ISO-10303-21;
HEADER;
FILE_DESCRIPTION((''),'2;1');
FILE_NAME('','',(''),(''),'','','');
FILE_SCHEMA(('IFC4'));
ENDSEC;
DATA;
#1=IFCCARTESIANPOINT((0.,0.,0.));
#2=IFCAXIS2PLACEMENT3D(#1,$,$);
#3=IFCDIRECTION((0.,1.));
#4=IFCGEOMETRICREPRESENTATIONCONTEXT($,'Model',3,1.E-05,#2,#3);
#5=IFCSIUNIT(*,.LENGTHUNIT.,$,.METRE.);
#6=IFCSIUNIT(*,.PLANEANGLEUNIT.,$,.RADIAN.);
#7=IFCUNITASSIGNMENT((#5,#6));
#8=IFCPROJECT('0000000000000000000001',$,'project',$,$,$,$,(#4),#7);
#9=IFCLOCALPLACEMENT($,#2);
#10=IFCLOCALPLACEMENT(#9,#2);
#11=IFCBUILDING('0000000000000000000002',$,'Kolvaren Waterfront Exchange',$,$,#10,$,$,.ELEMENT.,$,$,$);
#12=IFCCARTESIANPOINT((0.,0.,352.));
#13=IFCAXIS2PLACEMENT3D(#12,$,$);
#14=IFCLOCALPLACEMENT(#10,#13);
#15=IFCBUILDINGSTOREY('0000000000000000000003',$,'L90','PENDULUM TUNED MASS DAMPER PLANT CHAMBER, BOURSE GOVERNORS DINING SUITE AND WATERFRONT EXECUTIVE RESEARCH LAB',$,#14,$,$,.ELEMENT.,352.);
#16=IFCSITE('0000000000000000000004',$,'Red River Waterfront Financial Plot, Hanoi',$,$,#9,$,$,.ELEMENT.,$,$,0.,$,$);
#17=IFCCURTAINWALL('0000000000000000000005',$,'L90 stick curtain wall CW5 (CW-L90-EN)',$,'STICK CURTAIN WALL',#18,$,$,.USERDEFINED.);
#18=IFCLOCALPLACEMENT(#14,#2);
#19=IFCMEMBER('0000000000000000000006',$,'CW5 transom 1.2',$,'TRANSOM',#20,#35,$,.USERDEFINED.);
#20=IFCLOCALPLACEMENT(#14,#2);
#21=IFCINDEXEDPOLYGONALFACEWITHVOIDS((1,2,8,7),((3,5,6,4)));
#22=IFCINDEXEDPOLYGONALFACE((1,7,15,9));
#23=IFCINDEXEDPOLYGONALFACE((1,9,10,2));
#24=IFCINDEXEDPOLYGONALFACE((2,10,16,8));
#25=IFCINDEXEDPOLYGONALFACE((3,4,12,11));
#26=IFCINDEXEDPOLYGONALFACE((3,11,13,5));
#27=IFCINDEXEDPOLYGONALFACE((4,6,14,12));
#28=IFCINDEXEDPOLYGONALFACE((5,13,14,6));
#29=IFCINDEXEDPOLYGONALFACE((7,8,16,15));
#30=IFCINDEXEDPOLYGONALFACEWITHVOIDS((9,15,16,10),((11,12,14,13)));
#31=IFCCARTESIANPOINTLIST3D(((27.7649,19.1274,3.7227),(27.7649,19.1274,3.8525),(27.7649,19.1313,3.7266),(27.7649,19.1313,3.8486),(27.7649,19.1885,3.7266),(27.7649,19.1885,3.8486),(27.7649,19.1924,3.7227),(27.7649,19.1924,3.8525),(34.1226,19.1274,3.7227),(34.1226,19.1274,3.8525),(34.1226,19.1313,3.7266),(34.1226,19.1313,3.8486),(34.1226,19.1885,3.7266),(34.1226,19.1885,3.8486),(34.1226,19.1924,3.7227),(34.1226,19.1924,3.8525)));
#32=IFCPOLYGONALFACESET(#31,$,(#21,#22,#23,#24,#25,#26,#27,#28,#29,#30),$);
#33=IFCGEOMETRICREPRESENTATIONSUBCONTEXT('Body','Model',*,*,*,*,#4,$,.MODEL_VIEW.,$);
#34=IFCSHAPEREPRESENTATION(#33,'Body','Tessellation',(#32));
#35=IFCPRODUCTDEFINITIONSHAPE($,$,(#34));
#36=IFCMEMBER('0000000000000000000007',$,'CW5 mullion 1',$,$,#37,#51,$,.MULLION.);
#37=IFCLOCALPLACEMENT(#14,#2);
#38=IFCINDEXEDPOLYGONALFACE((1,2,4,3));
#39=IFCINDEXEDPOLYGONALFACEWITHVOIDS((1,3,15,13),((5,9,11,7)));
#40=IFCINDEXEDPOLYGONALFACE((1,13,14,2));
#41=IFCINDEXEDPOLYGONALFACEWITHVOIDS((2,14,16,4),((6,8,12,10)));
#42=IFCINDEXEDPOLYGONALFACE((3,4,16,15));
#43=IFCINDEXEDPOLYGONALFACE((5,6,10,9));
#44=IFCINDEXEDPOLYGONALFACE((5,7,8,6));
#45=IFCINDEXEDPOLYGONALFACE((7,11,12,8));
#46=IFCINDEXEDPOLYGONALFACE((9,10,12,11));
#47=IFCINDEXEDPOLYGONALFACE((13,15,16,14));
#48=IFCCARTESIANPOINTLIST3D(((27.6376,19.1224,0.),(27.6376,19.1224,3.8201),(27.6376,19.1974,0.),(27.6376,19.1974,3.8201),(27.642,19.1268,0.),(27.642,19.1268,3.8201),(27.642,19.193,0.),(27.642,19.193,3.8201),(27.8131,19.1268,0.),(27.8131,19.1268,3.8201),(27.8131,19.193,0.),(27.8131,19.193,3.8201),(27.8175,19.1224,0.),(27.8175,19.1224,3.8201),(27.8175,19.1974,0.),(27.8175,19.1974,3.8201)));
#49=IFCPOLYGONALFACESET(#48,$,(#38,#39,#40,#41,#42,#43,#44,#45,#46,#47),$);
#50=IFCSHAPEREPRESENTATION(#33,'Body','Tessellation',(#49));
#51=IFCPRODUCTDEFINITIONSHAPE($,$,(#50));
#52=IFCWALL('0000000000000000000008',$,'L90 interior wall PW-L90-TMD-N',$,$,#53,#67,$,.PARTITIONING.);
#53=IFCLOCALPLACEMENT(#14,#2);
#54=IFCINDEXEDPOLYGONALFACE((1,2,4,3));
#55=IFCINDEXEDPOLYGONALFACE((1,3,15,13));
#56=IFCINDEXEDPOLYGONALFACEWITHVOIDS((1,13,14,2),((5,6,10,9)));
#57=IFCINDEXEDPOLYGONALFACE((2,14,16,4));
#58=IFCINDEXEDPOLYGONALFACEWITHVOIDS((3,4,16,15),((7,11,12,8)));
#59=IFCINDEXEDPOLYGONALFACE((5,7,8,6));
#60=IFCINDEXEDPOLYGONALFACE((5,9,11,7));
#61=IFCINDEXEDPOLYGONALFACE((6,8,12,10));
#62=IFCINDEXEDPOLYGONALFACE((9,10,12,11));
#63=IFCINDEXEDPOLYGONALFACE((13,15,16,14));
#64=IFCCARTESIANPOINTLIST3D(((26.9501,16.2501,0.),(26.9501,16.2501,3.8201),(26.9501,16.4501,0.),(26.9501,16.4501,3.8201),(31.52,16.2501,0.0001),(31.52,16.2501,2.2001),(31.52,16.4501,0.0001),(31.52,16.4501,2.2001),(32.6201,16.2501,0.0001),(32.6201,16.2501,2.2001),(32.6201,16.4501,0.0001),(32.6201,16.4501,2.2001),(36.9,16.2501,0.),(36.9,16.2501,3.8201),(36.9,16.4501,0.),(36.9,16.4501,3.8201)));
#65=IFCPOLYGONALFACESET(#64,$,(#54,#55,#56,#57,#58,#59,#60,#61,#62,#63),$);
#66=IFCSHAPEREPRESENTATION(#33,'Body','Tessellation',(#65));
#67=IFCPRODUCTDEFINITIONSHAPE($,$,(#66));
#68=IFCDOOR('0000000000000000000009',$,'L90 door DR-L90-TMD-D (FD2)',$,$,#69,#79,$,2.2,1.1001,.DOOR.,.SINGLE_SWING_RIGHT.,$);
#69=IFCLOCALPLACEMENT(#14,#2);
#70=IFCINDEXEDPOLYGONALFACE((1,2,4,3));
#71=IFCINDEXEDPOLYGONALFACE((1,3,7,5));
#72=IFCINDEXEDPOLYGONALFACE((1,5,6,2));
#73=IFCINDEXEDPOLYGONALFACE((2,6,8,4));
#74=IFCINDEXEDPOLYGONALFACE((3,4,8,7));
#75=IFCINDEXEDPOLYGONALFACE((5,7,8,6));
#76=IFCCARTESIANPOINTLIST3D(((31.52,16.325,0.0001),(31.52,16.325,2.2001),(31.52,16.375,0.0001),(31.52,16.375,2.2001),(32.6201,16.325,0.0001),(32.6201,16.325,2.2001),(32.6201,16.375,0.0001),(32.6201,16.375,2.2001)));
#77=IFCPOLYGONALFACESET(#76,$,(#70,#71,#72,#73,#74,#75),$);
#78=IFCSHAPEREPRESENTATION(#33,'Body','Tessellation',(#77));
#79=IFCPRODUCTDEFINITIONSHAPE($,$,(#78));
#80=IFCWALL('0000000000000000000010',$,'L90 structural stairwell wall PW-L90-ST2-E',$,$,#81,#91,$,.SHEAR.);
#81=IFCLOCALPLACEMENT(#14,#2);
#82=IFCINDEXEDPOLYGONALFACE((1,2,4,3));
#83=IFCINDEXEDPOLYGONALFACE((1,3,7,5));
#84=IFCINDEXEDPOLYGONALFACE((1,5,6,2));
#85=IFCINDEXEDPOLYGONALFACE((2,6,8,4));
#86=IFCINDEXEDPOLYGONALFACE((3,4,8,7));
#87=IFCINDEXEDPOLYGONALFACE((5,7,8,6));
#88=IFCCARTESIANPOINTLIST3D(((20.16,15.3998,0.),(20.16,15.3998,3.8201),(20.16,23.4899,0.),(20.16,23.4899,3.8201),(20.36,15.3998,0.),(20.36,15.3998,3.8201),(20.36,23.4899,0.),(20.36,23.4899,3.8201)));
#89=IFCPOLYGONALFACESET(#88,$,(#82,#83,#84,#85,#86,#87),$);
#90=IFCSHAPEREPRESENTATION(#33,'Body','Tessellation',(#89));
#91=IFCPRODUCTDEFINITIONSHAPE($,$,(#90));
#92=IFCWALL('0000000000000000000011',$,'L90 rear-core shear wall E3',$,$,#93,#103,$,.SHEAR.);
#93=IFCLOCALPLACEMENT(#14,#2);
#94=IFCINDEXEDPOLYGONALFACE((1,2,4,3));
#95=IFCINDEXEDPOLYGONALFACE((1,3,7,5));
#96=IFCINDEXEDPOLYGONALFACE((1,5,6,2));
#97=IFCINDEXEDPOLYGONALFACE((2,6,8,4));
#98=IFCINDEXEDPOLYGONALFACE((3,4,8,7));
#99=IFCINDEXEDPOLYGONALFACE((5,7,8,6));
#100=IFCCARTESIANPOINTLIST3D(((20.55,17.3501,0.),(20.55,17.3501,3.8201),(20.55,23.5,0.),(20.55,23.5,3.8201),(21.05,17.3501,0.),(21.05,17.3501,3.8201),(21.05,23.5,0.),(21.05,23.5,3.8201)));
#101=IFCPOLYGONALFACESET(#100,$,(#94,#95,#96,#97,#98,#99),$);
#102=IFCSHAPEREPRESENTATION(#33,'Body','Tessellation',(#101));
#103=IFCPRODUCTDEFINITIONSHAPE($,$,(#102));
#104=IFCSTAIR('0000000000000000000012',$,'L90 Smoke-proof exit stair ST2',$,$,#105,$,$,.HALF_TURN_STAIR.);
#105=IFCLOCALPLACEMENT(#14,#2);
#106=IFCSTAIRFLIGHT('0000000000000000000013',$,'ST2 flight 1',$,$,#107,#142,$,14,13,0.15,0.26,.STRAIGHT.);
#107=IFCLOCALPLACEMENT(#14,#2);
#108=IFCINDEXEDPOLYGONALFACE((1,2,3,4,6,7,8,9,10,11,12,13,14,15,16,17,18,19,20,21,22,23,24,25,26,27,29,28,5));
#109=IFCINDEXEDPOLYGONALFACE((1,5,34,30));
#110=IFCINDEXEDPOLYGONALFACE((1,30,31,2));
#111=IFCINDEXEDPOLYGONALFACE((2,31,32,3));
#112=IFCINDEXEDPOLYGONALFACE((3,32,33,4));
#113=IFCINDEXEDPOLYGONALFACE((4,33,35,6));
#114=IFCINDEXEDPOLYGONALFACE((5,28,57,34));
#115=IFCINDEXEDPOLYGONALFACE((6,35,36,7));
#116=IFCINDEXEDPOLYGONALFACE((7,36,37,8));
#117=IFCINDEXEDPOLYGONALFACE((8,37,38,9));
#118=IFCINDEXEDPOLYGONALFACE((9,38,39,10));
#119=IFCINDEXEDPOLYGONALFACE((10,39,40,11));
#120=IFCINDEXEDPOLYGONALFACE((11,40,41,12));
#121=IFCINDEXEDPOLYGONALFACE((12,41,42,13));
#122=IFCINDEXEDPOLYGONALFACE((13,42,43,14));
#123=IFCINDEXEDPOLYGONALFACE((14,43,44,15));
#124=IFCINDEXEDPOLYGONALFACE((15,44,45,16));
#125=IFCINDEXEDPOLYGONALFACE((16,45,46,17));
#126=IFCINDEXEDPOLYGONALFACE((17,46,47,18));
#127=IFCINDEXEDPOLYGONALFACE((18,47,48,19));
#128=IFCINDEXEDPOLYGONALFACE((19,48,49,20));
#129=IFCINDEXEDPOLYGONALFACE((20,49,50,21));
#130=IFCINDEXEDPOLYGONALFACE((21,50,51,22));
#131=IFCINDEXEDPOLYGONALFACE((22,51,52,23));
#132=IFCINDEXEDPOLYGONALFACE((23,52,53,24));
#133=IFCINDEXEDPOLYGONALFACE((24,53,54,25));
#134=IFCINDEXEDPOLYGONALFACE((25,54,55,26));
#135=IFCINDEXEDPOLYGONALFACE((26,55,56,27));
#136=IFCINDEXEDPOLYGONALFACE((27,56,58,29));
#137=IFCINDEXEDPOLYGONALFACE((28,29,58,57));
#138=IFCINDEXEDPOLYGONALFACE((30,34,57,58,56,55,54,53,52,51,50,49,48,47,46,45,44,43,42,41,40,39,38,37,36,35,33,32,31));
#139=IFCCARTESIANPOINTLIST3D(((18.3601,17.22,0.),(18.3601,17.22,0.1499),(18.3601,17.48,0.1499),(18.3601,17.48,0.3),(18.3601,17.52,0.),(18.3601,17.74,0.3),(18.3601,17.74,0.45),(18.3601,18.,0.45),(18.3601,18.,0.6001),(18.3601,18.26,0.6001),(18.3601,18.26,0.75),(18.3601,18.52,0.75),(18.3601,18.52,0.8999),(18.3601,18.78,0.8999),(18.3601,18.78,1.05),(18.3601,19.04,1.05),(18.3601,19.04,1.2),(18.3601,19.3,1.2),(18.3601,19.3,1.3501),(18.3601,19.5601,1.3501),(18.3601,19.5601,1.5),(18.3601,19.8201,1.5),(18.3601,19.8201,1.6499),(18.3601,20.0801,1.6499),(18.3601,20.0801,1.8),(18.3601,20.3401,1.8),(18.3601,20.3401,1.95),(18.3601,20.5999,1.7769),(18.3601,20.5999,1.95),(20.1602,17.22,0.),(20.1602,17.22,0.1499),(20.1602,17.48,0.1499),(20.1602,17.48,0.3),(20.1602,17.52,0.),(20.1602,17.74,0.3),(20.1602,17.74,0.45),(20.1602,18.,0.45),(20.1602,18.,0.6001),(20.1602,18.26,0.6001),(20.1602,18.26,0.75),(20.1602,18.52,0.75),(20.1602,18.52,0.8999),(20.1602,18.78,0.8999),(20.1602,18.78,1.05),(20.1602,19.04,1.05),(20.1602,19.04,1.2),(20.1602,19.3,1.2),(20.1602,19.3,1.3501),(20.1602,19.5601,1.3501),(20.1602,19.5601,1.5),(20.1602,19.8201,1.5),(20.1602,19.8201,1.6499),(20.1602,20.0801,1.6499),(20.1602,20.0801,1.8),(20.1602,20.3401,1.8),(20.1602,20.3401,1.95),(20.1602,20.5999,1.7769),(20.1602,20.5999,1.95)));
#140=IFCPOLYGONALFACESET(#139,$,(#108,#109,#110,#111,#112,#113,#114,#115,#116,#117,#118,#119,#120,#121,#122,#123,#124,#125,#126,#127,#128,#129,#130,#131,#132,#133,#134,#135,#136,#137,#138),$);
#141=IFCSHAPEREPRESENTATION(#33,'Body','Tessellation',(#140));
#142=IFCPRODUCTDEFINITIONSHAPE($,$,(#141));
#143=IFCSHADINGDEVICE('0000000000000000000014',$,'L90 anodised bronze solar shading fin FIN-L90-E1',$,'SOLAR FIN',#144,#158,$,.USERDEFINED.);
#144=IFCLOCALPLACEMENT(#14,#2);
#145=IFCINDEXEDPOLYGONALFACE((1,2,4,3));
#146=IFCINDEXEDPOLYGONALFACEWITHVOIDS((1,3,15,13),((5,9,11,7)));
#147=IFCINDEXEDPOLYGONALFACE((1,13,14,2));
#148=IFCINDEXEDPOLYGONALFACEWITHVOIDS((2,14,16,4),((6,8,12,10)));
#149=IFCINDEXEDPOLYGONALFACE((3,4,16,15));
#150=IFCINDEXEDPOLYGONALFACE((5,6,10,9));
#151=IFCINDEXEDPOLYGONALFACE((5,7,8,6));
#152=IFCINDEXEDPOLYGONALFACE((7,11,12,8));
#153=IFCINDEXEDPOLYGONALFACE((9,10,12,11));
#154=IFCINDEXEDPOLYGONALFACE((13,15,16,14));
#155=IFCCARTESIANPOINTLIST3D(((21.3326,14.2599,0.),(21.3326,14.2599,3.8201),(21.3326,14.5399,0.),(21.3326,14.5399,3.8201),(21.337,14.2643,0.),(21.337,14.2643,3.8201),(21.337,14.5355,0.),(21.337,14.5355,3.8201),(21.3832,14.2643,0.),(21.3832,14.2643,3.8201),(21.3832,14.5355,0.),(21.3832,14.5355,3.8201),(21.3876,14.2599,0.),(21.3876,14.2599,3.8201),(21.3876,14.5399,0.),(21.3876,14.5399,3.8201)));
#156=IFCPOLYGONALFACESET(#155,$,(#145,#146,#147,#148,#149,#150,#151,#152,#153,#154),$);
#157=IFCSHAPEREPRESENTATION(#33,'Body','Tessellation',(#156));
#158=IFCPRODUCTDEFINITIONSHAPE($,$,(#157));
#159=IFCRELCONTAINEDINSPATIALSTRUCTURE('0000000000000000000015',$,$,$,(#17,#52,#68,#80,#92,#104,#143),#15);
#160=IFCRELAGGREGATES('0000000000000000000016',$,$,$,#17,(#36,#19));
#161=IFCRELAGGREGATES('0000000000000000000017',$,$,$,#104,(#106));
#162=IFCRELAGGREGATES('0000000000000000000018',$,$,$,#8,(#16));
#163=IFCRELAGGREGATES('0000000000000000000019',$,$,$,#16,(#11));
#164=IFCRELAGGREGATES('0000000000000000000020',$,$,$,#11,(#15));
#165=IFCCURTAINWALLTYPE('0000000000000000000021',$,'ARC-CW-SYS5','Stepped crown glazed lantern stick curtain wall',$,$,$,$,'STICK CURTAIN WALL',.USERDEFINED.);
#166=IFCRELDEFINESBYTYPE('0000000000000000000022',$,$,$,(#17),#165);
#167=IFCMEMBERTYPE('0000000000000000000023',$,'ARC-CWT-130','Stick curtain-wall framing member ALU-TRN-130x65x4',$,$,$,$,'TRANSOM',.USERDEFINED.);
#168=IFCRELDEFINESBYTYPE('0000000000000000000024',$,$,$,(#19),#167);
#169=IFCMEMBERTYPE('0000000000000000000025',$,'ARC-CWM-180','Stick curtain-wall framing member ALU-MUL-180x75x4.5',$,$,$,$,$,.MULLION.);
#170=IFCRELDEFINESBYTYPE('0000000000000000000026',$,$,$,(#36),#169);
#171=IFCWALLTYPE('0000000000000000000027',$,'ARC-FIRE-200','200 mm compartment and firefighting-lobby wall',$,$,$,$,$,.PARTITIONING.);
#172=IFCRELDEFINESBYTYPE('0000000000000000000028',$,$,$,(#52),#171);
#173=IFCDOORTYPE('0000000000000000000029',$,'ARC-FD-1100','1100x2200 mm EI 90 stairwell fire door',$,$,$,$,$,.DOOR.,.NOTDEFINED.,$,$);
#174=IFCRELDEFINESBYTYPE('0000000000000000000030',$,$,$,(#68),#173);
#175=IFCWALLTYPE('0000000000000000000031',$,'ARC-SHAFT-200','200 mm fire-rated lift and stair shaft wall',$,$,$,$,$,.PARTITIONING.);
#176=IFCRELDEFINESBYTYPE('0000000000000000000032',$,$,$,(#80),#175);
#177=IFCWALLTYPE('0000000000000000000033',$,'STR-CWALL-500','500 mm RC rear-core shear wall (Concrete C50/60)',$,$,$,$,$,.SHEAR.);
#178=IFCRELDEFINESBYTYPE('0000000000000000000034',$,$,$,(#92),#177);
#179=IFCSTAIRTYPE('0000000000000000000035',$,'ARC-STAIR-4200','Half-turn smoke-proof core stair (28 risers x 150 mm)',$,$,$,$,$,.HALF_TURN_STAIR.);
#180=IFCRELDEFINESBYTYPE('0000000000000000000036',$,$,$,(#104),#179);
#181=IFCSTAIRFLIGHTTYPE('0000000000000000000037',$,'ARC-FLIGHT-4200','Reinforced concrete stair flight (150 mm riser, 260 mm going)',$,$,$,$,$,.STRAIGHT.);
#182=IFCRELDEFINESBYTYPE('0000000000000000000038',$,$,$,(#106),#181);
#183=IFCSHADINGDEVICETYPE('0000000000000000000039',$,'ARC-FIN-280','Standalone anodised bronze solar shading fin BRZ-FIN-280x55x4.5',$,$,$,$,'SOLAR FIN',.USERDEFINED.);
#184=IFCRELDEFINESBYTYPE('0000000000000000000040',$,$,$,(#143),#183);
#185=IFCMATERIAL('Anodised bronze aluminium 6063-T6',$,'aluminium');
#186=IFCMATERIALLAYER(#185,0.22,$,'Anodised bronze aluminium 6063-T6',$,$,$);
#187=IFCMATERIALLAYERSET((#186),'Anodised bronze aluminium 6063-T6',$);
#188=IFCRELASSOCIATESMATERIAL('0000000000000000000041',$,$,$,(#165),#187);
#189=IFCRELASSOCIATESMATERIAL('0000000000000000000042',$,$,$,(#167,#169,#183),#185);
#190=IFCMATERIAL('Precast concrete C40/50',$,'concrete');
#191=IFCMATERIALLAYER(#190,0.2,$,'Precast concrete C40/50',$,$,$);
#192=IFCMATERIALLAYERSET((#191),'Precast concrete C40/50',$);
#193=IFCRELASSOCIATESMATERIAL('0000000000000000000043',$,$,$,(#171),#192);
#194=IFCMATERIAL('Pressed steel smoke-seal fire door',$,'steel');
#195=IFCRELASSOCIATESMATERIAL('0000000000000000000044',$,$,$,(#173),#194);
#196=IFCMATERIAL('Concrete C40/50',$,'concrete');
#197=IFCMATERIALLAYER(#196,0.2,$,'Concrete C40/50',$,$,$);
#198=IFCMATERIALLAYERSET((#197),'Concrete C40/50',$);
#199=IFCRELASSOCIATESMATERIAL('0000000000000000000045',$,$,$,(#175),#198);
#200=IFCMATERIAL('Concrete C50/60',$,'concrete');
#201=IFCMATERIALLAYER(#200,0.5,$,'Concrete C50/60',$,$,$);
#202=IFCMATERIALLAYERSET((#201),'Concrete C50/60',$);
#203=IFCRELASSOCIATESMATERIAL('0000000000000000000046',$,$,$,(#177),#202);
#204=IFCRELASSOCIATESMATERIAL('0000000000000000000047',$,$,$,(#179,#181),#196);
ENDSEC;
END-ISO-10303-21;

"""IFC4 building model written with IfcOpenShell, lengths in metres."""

from ifc_helpers import new_model, si_unit, direction, frame, frame_2d, origin, origin_with_axes, origin_2d, place, context, subcontext, project, spatial, polyline, rectangle, hollow_rectangle, outline, extrude, source, transform, mapped, material, layer, layer_set, material_profile, profile_set, type_object, element, fill, aggregate, save


model = new_model("IFC4")

# Units and contexts
model_context = context("Model", 3, precision=1e-05, world=origin(), true_north=direction((0.0, 1.0)))
body_context = subcontext(model_context, "Body", "Model", "MODEL_VIEW")
ifc_project = project(units=[si_unit("LENGTHUNIT", "METRE"), si_unit("PLANEANGLEUNIT", "RADIAN")], contexts=[model_context])

# Site, building, storey
site_placement = place(None, origin())
site = spatial("IfcSite", under=ifc_project, at=site_placement, Name="Red River Waterfront Financial Plot, Hanoi", CompositionType="ELEMENT", RefElevation=0.0)
building_placement = place(site_placement, origin())
building = spatial("IfcBuilding", under=site, at=building_placement, Name="Kolvaren Waterfront Exchange", CompositionType="ELEMENT")
storey_placement = place(building_placement, frame((0.0, 0.0, 352.0)))
storey = spatial("IfcBuildingStorey", under=building, at=storey_placement, Name="L90", Description="PENDULUM TUNED MASS DAMPER PLANT CHAMBER, BOURSE GOVERNORS DINING SUITE AND WATERFRONT EXECUTIVE RESEARCH LAB", CompositionType="ELEMENT", Elevation=352.0)

# Shared definitions
ifc_material_1 = material(Name="Concrete C50/60", Category="concrete")

# Curtain wall, members
ifc_material_2 = material(Name="Anodised bronze aluminium 6063-T6", Category="aluminium")
ifc_layer_1 = layer(ifc_material_2, 0.22, Name="Anodised bronze aluminium 6063-T6")
ifc_layer_set_1 = layer_set([ifc_layer_1], Name="Anodised bronze aluminium 6063-T6")
curtain_wall_type = type_object("IfcCurtainWallType", Name="ARC-CW-SYS5", Description="Stepped crown glazed lantern stick curtain wall", ElementType="STICK CURTAIN WALL", PredefinedType="USERDEFINED", material=ifc_layer_set_1)
curtain_wall_placement = place(storey_placement, origin())
curtain_wall = element("IfcCurtainWall", 1, at=curtain_wall_placement, inside=storey, type_object=curtain_wall_type, Name="L90 stick curtain wall CW5 (CW-L90-EN)", ObjectType="STICK CURTAIN WALL", PredefinedType="USERDEFINED")
ifc_material_profile_1 = material_profile(ifc_material_2, hollow_rectangle(XDim=0.0649, YDim=0.1299, WallThickness=0.0039, at=origin_2d()), Name="ALU-TRN-130x65x4")
ifc_profile_set_1 = profile_set([ifc_material_profile_1], Name="Anodised bronze aluminium 6063-T6")
member_type_1 = type_object("IfcMemberType", Name="ARC-CWT-130", Description="Stick curtain-wall framing member ALU-TRN-130x65x4", ElementType="TRANSOM", PredefinedType="USERDEFINED", material=ifc_profile_set_1)
shared_shape_1 = source(origin_with_axes(), body_context, "Body", "SweptSolid", [
    extrude(hollow_rectangle(XDim=0.0649, YDim=0.1299, WallThickness=0.0039, at=origin_2d()), origin(), (0.0, 0.0, 1.0), 6.3577),
])
member_1_placement = place(storey_placement, frame((27.7649, 19.1599, 3.7876), z_axis=(1.0, 0.0, 0.0), x_axis=(0.0, 1.0, 0.0)))
member_1 = element("IfcMember", 2, at=member_1_placement, type_object=member_type_1, Name="CW5 transom 1.2", ObjectType="TRANSOM", PredefinedType="USERDEFINED", context=body_context, shape_type="MappedRepresentation", body=[
    mapped(shared_shape_1, transform((0.0, 0.0, 0.0), x_axis=(1.0, 0.0, 0.0), y_axis=(0.0, 1.0, 0.0), z_axis=(0.0, 0.0, 1.0), scale=1.0)),
])
ifc_material_profile_2 = material_profile(ifc_material_2, hollow_rectangle(XDim=0.075, YDim=0.1799, WallThickness=0.0044, at=origin_2d()), Name="ALU-MUL-180x75x4.5")
ifc_profile_set_2 = profile_set([ifc_material_profile_2], Name="Anodised bronze aluminium 6063-T6")
member_type_2 = type_object("IfcMemberType", Name="ARC-CWM-180", Description="Stick curtain-wall framing member ALU-MUL-180x75x4.5", PredefinedType="MULLION", material=ifc_profile_set_2)
shared_shape_2 = source(origin_with_axes(), body_context, "Body", "SweptSolid", [
    extrude(hollow_rectangle(XDim=0.075, YDim=0.1799, WallThickness=0.0044, at=origin_2d()), origin(), (0.0, 0.0, 1.0), 3.8201),
])
member_2_placement = place(storey_placement, frame((27.7275, 19.1599, 0.0), z_axis=(0.0, 0.0, 1.0), x_axis=(0.0, 1.0, 0.0)))
member_2 = element("IfcMember", 3, at=member_2_placement, type_object=member_type_2, Name="CW5 mullion 1", PredefinedType="MULLION", context=body_context, shape_type="MappedRepresentation", body=[
    mapped(shared_shape_2, transform((0.0, 0.0, 0.0), x_axis=(1.0, 0.0, 0.0), y_axis=(0.0, 1.0, 0.0), z_axis=(0.0, 0.0, 1.0), scale=1.0)),
])
aggregate(curtain_wall, [member_2, member_1])

# Wall, opening, door
ifc_material_3 = material(Name="Precast concrete C40/50", Category="concrete")
ifc_layer_2 = layer(ifc_material_3, 0.2, Name="Precast concrete C40/50")
ifc_layer_set_2 = layer_set([ifc_layer_2], Name="Precast concrete C40/50")
wall_type_1 = type_object("IfcWallType", Name="ARC-FIRE-200", Description="200 mm compartment and firefighting-lobby wall", PredefinedType="PARTITIONING", material=ifc_layer_set_2)
wall_1_placement = place(storey_placement, frame((26.95, 16.3501, 0.0), z_axis=(0.0, 0.0, 1.0), x_axis=(1.0, 0.0, 0.0)))
wall_1 = element("IfcWall", 4, at=wall_1_placement, inside=storey, type_object=wall_type_1, Name="L90 interior wall PW-L90-TMD-N", PredefinedType="PARTITIONING", context=body_context, shape_type="SweptSolid", body=[
    extrude(rectangle(XDim=9.95, YDim=0.2, at=frame_2d((4.9751, 0.0))), origin(), (0.0, 0.0, 1.0), 3.8201),
])
opening_placement = place(wall_1_placement, frame((4.5701, 0.0, 0.0)))
opening = element("IfcOpeningElement", 5, at=opening_placement, cuts=wall_1, PredefinedType="OPENING", context=body_context, shape_type="SweptSolid", body=[
    extrude(rectangle(XDim=1.1001, YDim=2.2, at=frame_2d((0.55, 1.1001))), frame((0.0, 0.1099, 0.0), z_axis=(0.0, -1.0, 0.0), x_axis=(1.0, 0.0, 0.0)), (0.0, 0.0, 1.0), 0.22),
])
ifc_material_4 = material(Name="Pressed steel smoke-seal fire door", Category="steel")
door_type = type_object("IfcDoorType", Name="ARC-FD-1100", Description="1100x2200 mm EI 90 stairwell fire door", OperationType="NOTDEFINED", PredefinedType="DOOR", material=ifc_material_4)
door_placement = place(opening_placement, origin())
door = element("IfcDoor", 6, at=door_placement, inside=storey, type_object=door_type, Name="L90 door DR-L90-TMD-D (FD2)", OperationType="SINGLE_SWING_RIGHT", OverallHeight=2.2, OverallWidth=1.1001, PredefinedType="DOOR", context=body_context, shape_type="SweptSolid", body=[
    extrude(rectangle(XDim=1.1001, YDim=2.2, at=frame_2d((0.55, 1.1001))), frame((0.0, 0.0249, 0.0), z_axis=(0.0, -1.0, 0.0), x_axis=(1.0, 0.0, 0.0)), (0.0, 0.0, 1.0), 0.05),
])
fill(opening, door)

# Walls
ifc_material_5 = material(Name="Concrete C40/50", Category="concrete")
ifc_layer_3 = layer(ifc_material_5, 0.2, Name="Concrete C40/50")
ifc_layer_set_3 = layer_set([ifc_layer_3], Name="Concrete C40/50")
wall_type_2 = type_object("IfcWallType", Name="ARC-SHAFT-200", Description="200 mm fire-rated lift and stair shaft wall", PredefinedType="PARTITIONING", material=ifc_layer_set_3)
wall_2_placement = place(storey_placement, frame((20.26, 15.3999, 0.0), z_axis=(0.0, 0.0, 1.0), x_axis=(0.0, 1.0, 0.0)))
element("IfcWall", 7, at=wall_2_placement, inside=storey, type_object=wall_type_2, Name="L90 structural stairwell wall PW-L90-ST2-E", PredefinedType="SHEAR", context=body_context, shape_type="SweptSolid", body=[
    extrude(rectangle(XDim=8.0901, YDim=0.2, at=frame_2d((4.0449, 0.0))), origin(), (0.0, 0.0, 1.0), 3.8201),
])
ifc_layer_4 = layer(ifc_material_1, 0.5, Name="Concrete C50/60")
ifc_layer_set_4 = layer_set([ifc_layer_4], Name="Concrete C50/60")
wall_type_3 = type_object("IfcWallType", Name="STR-CWALL-500", Description="500 mm RC rear-core shear wall (Concrete C50/60)", PredefinedType="SHEAR", material=ifc_layer_set_4)
wall_3_placement = place(storey_placement, frame((20.8, 17.3501, 0.0), z_axis=(0.0, 0.0, 1.0), x_axis=(0.0, 1.0, 0.0)))
element("IfcWall", 8, at=wall_3_placement, inside=storey, type_object=wall_type_3, Name="L90 rear-core shear wall E3", PredefinedType="SHEAR", context=body_context, shape_type="SweptSolid", body=[
    extrude(rectangle(XDim=6.1499, YDim=0.5, at=frame_2d((3.075, 0.0))), origin(), (0.0, 0.0, 1.0), 3.8201),
])

# Stair, stair flight
stair_type = type_object("IfcStairType", Name="ARC-STAIR-4200", Description="Half-turn smoke-proof core stair (28 risers x 150 mm)", PredefinedType="HALF_TURN_STAIR", material=ifc_material_5)
stair_placement = place(storey_placement, origin())
stair = element("IfcStair", 9, at=stair_placement, inside=storey, type_object=stair_type, Name="L90 Smoke-proof exit stair ST2", PredefinedType="HALF_TURN_STAIR")
stair_flight_type = type_object("IfcStairFlightType", Name="ARC-FLIGHT-4200", Description="Reinforced concrete stair flight (150 mm riser, 260 mm going)", PredefinedType="STRAIGHT", material=ifc_material_5)
stair_flight_placement = place(storey_placement, frame((19.26, 17.22, 0.0), z_axis=(0.0, 0.0, 1.0), x_axis=(0.0, 1.0, 0.0)))
stair_flight = element("IfcStairFlight", 10, at=stair_flight_placement, type_object=stair_flight_type, Name="ST2 flight 1", NumberOfRisers=14, NumberOfTreads=13, PredefinedType="STRAIGHT", RiserHeight=0.15, TreadLength=0.26, context=body_context, shape_type="SweptSolid", body=[
    extrude(outline(polyline([(0.0, 0.0), (0.0, 0.1499), (0.26, 0.1499), (0.26, 0.3), (0.52, 0.3), (0.52, 0.45), (0.78, 0.45), (0.78, 0.6001), (1.04, 0.6001), (1.04, 0.75), (1.3, 0.75), (1.3, 0.8999), (1.5601, 0.8999), (1.5601, 1.05), (1.8201, 1.05), (1.8201, 1.2), (2.0801, 1.2), (2.0801, 1.3501), (2.3401, 1.3501), (2.3401, 1.5), (2.6001, 1.5), (2.6001, 1.6499), (2.8601, 1.6499), (2.8601, 1.8), (3.1201, 1.8), (3.1201, 1.95), (3.3799, 1.95), (3.3799, 2.1001), (3.3799, 1.7769), (0.3, 0.0), (0.0, 0.0)])), frame((0.0, 0.8999, 0.0), z_axis=(0.0, -1.0, 0.0), x_axis=(1.0, 0.0, 0.0)), (0.0, 0.0, 1.0), 1.8),
])
aggregate(stair, [stair_flight])

# Shading device
ifc_material_profile_3 = material_profile(ifc_material_2, hollow_rectangle(XDim=0.0549, YDim=0.28, WallThickness=0.0044, at=origin_2d()), Name="BRZ-FIN-280x55x4.5")
ifc_profile_set_3 = profile_set([ifc_material_profile_3], Name="Anodised bronze aluminium 6063-T6")
shading_device_type = type_object("IfcShadingDeviceType", Name="ARC-FIN-280", Description="Standalone anodised bronze solar shading fin BRZ-FIN-280x55x4.5", ElementType="SOLAR FIN", PredefinedType="USERDEFINED", material=ifc_profile_set_3)
shading_device_placement = place(storey_placement, frame((21.3601, 14.3999, 0.0), z_axis=(0.0, 0.0, 1.0), x_axis=(1.0, 0.0, 0.0)))
element("IfcShadingDevice", 11, at=shading_device_placement, inside=storey, type_object=shading_device_type, Name="L90 anodised bronze solar shading fin FIN-L90-E1", ObjectType="SOLAR FIN", PredefinedType="USERDEFINED", context=body_context, shape_type="SweptSolid", body=[
    extrude(hollow_rectangle(XDim=0.0549, YDim=0.28, WallThickness=0.0044, at=origin_2d()), origin(), (0.0, 0.0, 1.0), 3.8201),
])

save(model, "model.ifc")
